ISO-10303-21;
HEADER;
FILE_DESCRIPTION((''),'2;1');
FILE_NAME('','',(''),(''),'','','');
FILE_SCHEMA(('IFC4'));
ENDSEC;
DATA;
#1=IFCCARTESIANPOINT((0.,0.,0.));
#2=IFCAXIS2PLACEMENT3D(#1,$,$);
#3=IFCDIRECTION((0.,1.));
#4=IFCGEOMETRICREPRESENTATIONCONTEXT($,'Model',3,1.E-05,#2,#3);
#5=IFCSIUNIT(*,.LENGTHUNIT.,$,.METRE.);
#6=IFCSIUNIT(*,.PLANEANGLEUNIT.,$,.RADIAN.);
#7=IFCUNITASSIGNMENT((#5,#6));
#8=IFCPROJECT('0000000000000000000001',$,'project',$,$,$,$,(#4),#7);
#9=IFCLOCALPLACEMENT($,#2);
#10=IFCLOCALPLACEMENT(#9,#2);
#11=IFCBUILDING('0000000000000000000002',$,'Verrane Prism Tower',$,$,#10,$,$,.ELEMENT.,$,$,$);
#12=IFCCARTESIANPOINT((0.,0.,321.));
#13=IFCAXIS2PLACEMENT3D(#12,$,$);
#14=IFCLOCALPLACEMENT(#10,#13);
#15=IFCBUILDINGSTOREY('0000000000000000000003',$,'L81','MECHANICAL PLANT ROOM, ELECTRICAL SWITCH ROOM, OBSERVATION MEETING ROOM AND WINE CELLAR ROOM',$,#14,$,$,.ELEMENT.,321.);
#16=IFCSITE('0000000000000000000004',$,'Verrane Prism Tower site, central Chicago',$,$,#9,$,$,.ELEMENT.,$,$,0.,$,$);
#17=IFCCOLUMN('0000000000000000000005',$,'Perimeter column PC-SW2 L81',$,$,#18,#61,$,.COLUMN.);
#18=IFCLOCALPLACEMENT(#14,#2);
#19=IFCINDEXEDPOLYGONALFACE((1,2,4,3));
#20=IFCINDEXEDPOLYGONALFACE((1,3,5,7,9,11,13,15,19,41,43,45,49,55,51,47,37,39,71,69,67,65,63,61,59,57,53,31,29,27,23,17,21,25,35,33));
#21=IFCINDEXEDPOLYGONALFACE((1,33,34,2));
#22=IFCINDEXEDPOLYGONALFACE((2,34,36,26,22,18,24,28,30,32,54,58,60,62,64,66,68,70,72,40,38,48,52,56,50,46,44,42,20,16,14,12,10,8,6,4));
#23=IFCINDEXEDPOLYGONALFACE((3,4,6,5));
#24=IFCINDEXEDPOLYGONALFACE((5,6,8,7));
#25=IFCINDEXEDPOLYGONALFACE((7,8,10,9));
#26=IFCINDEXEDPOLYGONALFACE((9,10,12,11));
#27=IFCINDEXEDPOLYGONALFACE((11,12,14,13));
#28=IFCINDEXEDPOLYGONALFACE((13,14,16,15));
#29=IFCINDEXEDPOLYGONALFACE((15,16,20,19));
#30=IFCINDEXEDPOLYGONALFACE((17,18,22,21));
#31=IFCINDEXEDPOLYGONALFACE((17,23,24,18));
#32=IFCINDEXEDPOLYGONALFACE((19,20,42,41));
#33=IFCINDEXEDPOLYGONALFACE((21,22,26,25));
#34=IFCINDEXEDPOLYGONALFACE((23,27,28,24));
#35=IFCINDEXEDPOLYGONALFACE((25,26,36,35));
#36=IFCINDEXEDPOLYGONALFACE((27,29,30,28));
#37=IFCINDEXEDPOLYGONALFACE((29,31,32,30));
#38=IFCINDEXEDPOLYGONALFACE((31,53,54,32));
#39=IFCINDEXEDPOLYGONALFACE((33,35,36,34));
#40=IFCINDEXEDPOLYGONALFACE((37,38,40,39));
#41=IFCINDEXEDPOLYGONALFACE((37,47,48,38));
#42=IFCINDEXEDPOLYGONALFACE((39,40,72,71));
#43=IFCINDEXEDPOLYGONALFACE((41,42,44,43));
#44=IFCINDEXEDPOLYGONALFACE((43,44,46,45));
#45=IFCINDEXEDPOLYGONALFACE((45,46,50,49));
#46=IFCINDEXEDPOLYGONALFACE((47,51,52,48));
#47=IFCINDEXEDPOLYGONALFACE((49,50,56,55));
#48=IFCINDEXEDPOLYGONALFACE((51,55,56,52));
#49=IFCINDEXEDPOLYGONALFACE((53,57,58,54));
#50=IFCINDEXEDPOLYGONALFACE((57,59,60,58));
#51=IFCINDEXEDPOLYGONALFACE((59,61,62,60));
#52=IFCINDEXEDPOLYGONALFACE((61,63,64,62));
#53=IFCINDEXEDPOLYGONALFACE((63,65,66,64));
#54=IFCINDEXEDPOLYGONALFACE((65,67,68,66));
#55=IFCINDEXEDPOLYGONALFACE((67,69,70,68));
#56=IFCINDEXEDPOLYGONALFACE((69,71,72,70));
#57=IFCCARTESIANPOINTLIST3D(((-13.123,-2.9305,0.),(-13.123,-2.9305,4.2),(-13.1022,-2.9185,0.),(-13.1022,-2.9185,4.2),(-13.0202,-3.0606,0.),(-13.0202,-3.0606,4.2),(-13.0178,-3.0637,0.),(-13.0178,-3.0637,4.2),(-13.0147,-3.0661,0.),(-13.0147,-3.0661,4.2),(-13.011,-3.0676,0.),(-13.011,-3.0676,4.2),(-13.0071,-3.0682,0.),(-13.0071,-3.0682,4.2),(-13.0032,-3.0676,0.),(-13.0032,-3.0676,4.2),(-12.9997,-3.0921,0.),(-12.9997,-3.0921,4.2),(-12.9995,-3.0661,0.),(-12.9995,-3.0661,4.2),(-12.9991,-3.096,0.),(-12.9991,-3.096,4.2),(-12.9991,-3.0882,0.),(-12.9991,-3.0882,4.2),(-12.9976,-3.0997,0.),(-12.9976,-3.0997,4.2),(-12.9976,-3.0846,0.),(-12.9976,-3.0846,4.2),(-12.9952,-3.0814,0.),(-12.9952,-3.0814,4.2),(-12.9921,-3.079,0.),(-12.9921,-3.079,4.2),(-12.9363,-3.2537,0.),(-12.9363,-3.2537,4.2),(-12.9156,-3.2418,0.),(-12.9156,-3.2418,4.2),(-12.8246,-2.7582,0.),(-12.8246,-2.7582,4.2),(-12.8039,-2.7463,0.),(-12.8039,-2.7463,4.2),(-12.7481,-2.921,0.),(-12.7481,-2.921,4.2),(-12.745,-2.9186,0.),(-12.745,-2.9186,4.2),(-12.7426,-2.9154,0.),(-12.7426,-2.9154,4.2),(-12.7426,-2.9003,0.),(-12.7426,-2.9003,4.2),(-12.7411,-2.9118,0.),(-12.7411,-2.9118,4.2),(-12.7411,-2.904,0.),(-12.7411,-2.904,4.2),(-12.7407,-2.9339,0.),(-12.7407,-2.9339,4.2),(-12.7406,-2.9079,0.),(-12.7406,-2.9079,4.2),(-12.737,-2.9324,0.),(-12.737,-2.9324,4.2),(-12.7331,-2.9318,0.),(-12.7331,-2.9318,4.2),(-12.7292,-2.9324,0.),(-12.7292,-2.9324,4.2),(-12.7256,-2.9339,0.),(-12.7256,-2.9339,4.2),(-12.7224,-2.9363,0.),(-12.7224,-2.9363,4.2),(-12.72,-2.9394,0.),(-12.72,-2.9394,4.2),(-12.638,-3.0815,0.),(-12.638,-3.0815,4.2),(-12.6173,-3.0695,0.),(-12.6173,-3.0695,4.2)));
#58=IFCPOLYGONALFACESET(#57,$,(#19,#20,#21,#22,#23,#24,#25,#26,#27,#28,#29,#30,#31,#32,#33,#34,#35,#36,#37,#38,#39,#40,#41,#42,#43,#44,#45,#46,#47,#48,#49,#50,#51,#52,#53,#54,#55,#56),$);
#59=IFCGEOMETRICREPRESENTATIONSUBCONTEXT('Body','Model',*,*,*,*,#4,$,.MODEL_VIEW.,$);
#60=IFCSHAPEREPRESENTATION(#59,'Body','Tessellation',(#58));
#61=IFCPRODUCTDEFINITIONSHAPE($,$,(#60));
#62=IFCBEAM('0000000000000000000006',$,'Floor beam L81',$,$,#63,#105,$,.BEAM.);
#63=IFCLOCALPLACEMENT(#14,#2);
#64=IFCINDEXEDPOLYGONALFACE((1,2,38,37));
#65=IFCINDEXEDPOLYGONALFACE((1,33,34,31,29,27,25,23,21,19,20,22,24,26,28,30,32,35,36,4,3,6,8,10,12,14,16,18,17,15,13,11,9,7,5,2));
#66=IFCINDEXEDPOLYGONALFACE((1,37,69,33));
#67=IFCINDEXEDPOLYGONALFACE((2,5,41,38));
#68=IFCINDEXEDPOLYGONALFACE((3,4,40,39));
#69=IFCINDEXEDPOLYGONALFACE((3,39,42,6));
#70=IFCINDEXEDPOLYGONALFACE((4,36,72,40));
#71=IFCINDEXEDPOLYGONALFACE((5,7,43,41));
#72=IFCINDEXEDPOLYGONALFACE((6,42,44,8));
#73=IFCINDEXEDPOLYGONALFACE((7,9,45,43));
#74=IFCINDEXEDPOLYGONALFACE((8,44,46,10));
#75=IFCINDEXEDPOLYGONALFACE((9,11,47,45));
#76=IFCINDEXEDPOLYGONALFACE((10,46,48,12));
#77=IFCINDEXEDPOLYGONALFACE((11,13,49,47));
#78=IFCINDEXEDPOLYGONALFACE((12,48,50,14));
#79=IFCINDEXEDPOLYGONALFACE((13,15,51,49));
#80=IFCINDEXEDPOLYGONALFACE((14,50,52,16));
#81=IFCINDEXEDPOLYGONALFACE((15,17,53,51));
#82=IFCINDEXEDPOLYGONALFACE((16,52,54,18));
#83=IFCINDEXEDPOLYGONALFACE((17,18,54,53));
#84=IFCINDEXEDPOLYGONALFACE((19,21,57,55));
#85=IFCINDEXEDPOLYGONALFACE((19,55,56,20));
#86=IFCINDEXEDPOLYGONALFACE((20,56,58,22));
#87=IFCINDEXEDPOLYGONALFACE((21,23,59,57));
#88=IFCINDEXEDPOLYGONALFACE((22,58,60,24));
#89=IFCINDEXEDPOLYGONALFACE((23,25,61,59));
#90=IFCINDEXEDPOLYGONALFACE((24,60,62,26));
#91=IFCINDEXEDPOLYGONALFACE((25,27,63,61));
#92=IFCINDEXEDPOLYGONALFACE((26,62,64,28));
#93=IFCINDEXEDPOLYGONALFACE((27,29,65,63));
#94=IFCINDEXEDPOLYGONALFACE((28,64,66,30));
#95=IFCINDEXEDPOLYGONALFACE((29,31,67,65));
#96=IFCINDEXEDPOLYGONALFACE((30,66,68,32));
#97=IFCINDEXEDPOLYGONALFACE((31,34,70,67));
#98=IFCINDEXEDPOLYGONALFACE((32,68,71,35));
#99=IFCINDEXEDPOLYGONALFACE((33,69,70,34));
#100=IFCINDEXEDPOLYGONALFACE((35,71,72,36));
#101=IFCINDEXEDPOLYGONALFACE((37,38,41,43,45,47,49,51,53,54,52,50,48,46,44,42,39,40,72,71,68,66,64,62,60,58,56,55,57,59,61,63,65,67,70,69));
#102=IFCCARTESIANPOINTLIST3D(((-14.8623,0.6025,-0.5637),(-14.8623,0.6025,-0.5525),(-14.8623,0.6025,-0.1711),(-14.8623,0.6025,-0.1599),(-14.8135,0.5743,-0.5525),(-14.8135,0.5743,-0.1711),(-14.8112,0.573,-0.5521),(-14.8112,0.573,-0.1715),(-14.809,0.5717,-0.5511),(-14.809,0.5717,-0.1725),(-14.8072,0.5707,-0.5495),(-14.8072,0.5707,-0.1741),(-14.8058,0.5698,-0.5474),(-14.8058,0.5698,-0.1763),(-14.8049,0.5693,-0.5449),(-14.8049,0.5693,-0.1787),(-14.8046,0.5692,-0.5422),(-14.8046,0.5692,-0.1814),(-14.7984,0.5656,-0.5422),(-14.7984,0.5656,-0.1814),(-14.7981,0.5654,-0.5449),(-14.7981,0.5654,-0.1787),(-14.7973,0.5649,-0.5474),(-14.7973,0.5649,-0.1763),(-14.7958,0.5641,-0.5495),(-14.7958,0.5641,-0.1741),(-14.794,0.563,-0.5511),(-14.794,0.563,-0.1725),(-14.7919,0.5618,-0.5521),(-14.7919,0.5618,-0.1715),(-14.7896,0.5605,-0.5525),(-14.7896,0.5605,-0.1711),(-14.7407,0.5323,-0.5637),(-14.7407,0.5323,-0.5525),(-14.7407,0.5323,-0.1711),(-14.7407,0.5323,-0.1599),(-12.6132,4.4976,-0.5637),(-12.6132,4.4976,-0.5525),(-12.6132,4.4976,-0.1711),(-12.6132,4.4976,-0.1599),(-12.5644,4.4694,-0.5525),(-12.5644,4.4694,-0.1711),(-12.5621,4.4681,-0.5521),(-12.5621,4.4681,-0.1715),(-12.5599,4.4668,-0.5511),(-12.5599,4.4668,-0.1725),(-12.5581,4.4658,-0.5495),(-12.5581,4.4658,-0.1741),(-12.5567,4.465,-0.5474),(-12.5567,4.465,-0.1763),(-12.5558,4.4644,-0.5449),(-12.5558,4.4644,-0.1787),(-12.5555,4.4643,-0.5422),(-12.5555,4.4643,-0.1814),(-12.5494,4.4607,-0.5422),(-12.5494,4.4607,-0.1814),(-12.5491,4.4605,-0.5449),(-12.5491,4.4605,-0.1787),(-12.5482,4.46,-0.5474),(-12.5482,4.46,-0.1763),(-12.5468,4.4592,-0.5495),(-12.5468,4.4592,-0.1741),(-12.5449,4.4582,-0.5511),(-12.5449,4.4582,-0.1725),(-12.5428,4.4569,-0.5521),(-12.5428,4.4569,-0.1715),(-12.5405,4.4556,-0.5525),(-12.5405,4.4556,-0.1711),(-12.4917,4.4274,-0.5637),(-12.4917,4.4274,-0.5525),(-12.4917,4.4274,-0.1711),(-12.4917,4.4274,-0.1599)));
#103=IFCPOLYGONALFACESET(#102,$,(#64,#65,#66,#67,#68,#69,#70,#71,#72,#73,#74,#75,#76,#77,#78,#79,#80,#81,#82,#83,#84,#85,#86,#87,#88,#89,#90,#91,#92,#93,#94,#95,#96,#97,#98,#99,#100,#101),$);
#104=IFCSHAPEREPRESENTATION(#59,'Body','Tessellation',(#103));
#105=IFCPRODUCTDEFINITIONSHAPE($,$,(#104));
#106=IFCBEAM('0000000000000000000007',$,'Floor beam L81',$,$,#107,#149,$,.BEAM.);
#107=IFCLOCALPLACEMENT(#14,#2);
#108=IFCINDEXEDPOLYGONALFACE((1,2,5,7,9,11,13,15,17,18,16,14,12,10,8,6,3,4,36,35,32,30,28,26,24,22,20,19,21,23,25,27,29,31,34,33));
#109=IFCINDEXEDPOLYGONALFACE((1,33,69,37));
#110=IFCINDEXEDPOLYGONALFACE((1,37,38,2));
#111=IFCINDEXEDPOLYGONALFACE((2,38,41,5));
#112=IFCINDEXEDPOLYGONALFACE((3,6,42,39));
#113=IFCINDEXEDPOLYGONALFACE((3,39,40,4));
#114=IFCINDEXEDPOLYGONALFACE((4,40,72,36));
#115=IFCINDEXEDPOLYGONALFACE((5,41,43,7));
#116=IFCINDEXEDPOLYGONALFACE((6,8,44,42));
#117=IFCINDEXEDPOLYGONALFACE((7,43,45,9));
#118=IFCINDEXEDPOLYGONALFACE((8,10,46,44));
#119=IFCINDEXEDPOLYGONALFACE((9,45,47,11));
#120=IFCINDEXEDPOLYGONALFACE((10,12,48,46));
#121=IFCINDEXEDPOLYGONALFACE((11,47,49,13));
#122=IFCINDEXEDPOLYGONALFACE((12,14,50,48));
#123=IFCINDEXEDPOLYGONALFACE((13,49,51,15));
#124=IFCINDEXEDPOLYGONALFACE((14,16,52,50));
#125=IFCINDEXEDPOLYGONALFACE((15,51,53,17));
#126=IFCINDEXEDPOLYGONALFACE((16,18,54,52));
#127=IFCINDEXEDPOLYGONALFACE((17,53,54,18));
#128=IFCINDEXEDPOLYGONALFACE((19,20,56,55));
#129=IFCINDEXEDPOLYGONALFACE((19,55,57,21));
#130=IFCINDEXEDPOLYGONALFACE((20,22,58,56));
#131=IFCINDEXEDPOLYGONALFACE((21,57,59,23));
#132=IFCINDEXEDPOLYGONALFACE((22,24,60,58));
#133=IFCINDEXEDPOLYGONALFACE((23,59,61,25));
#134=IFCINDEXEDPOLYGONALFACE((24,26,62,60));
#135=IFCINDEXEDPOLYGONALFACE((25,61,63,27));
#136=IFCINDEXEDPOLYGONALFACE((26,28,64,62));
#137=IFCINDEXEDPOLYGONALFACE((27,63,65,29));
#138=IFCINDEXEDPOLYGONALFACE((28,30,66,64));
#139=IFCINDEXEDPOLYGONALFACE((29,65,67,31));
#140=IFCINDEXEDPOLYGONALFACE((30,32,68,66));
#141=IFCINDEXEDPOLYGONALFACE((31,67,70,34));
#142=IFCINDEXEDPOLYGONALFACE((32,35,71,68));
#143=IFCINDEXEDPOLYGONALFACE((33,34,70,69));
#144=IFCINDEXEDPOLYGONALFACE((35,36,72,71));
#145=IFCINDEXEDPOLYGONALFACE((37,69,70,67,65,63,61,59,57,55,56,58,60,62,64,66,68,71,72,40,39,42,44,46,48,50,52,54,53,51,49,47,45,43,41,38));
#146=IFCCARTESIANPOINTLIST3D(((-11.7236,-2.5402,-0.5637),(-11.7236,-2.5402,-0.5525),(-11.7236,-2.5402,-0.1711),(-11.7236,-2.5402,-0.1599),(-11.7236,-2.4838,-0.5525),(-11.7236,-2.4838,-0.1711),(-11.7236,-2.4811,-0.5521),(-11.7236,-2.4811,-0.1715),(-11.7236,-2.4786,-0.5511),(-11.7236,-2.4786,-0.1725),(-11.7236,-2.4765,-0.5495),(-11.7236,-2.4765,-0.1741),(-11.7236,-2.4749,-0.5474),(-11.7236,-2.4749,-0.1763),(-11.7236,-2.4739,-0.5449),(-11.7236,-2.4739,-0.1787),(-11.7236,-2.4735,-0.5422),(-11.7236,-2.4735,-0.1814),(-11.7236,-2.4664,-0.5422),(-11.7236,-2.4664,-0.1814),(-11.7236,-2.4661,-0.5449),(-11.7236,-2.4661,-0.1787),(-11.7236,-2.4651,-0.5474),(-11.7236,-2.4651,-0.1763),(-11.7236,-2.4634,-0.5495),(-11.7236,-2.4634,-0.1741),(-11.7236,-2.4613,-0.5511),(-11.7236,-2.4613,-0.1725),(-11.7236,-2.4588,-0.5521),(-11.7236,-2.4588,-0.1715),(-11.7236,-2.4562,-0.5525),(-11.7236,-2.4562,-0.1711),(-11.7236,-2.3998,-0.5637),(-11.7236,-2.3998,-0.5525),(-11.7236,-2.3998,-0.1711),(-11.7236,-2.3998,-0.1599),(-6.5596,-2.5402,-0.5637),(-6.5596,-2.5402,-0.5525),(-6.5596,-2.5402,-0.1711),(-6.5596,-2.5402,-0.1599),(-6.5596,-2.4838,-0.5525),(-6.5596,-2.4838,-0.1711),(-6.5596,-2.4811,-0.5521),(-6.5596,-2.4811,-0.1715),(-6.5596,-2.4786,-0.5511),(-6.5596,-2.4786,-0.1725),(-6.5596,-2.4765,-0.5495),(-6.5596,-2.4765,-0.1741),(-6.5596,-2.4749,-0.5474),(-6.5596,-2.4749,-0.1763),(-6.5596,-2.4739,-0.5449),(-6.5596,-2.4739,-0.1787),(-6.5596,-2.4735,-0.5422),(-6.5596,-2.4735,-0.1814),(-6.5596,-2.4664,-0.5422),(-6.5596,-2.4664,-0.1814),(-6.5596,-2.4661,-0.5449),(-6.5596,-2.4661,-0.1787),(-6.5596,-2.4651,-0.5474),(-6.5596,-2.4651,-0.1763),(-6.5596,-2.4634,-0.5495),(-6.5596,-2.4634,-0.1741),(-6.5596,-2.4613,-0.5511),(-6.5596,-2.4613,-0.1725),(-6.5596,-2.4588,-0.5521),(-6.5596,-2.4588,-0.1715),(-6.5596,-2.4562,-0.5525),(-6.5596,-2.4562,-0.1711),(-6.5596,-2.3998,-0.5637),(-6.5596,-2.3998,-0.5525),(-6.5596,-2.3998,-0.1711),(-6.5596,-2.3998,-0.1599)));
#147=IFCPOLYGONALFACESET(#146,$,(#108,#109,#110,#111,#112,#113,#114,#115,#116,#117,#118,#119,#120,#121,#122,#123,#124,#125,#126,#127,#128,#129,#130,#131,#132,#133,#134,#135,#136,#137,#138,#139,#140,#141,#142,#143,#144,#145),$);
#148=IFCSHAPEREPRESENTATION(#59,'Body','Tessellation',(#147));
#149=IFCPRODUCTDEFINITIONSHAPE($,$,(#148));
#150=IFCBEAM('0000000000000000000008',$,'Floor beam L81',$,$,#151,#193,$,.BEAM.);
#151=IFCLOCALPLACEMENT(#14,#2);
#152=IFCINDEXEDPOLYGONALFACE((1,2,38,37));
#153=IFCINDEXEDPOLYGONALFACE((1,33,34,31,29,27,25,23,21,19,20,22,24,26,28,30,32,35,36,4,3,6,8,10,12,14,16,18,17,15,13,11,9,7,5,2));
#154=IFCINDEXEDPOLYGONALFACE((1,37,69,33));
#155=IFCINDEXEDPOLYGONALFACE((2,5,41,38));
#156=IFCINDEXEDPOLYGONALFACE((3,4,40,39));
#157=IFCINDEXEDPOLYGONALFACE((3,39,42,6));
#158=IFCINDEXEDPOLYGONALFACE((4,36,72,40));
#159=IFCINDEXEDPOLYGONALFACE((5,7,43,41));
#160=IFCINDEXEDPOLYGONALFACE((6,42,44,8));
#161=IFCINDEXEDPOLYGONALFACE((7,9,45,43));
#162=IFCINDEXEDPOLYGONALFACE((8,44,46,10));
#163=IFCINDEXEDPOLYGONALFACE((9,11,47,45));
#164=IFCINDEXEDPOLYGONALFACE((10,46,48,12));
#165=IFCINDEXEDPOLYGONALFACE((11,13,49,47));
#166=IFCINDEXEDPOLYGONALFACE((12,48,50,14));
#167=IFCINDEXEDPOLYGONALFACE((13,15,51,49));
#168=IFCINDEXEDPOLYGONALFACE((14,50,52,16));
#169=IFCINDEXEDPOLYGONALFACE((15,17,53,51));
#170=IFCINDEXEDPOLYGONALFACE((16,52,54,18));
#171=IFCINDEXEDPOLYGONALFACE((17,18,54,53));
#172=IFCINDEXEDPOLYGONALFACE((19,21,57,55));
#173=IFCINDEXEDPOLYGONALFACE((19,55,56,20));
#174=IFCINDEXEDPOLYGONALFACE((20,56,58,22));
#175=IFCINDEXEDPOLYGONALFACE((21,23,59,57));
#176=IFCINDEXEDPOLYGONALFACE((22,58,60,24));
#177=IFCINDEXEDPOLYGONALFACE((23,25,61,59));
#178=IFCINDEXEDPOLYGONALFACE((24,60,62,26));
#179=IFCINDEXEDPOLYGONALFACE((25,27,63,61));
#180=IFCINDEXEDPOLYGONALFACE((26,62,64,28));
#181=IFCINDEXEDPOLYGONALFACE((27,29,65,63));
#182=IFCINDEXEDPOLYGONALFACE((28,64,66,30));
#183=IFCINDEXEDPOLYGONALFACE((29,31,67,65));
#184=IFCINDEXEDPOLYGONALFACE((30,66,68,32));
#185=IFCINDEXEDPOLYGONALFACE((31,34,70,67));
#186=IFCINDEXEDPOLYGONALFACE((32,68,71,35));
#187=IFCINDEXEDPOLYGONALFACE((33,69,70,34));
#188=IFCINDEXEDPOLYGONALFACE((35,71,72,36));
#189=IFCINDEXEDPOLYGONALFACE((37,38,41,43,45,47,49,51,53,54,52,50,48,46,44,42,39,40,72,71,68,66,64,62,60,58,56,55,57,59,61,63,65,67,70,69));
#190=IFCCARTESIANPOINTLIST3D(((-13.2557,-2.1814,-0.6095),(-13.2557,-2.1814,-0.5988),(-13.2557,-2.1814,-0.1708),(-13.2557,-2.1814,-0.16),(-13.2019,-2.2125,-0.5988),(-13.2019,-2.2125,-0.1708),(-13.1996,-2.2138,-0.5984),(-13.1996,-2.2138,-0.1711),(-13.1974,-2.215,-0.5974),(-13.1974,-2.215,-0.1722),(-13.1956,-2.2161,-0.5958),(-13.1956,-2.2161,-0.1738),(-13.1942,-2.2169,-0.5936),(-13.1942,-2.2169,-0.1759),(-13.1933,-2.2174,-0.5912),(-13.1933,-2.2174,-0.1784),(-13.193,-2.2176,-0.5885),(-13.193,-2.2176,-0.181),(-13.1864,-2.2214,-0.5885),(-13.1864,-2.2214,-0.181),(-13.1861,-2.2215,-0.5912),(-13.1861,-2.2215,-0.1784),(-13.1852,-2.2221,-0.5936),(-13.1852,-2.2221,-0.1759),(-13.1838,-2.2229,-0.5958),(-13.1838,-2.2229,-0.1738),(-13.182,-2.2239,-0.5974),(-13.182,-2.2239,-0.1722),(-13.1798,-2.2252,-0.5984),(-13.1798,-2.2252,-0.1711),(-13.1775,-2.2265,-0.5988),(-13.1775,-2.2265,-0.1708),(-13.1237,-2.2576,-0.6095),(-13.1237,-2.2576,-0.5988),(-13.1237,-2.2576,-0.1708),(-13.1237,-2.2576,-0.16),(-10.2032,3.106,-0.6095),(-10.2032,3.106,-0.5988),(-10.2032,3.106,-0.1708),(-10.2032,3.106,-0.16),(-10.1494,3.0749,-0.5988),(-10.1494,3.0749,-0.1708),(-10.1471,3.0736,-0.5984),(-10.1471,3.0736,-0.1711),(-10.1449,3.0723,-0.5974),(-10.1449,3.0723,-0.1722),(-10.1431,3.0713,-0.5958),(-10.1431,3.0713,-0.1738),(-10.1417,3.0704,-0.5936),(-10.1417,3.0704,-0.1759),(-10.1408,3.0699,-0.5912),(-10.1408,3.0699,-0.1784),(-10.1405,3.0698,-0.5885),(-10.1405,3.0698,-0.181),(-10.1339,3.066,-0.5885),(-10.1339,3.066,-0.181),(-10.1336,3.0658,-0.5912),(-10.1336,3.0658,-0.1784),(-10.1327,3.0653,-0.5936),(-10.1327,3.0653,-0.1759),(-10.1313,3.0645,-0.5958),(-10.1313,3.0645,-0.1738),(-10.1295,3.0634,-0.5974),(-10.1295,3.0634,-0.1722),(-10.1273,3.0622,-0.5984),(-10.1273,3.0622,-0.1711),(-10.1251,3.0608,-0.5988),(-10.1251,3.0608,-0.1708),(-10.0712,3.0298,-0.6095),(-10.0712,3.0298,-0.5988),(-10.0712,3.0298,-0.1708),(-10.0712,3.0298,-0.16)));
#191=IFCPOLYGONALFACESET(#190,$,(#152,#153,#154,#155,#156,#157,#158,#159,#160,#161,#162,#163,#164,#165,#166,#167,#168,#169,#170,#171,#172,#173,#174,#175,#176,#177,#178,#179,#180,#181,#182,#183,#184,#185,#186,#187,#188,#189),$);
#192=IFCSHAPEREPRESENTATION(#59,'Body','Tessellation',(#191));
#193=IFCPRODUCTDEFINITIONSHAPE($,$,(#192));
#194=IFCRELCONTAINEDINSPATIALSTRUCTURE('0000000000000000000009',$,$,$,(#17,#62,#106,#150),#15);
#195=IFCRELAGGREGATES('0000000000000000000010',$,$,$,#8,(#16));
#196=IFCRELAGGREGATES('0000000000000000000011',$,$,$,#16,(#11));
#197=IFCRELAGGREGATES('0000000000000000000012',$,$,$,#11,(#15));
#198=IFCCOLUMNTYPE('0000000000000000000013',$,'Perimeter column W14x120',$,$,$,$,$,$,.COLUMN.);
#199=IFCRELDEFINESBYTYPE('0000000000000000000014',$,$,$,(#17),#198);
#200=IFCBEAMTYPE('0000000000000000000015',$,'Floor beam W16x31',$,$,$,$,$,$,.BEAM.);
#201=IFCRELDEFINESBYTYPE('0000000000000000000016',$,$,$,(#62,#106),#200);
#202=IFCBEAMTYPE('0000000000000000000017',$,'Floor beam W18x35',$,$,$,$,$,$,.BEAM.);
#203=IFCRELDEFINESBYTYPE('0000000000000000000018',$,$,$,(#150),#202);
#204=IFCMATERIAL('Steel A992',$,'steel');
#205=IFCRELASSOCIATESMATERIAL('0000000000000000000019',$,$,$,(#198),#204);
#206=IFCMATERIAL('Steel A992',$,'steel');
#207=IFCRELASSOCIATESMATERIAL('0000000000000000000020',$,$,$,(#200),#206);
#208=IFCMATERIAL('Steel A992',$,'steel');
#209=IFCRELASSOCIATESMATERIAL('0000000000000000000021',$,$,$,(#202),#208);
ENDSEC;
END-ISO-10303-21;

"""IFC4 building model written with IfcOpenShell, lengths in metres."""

from ifc_helpers import new_model, si_unit, direction, frame, origin, origin_2d, place, context, subcontext, project, spatial, i_section, extrude, material, material_profile, profile_set, type_object, element, save


model = new_model("IFC4")

# Units and contexts
model_context = context("Model", 3, precision=1e-05, world=origin(), true_north=direction((0.0, 1.0)))
body_context = subcontext(model_context, "Body", "Model", "MODEL_VIEW")
ifc_project = project(units=[si_unit("LENGTHUNIT", "METRE"), si_unit("PLANEANGLEUNIT", "RADIAN")], contexts=[model_context])

# Site, building, storey
site_placement = place(None, origin())
site = spatial("IfcSite", under=ifc_project, at=site_placement, Name="Verrane Prism Tower site, central Chicago", CompositionType="ELEMENT", RefElevation=0.0)
building_placement = place(site_placement, origin())
building = spatial("IfcBuilding", under=site, at=building_placement, Name="Verrane Prism Tower", CompositionType="ELEMENT")
storey_placement = place(building_placement, frame((0.0, 0.0, 321.0)))
storey = spatial("IfcBuildingStorey", under=building, at=storey_placement, Name="L81", Description="MECHANICAL PLANT ROOM, ELECTRICAL SWITCH ROOM, OBSERVATION MEETING ROOM AND WINE CELLAR ROOM", CompositionType="ELEMENT", Elevation=321.0)

# Column
ifc_material_1 = material(Name="Steel A992", Category="steel")
ifc_material_profile_1 = material_profile(ifc_material_1, i_section(OverallWidth=0.3733, OverallDepth=0.3684, WebThickness=0.0149, FlangeThickness=0.0239, FilletRadius=0.0151, at=origin_2d()), Name="W14x120")
ifc_profile_set_1 = profile_set([ifc_material_profile_1], Name="Steel A992")
column_type = type_object("IfcColumnType", Name="Perimeter column W14x120", PredefinedType="COLUMN", material=ifc_profile_set_1)
column_placement = place(storey_placement, frame((-12.8701, -3.0, 0.0), z_axis=(0.0, 0.0, 1.0), x_axis=(-0.5, 0.866025, 0.0)))
element("IfcColumn", 1, at=column_placement, inside=storey, type_object=column_type, Name="Perimeter column PC-SW2 L81", PredefinedType="COLUMN", context=body_context, shape_type="SweptSolid", body=[
    extrude(i_section(OverallWidth=0.3733, OverallDepth=0.3684, WebThickness=0.0149, FlangeThickness=0.0239, FilletRadius=0.0151, at=origin_2d()), origin(), (0.0, 0.0, 1.0), 4.2),
])

# Beams
ifc_material_2 = material(Name="Steel A992", Category="steel")
ifc_material_profile_2 = material_profile(ifc_material_2, i_section(OverallWidth=0.1404, OverallDepth=0.4038, WebThickness=0.0071, FlangeThickness=0.0112, FilletRadius=0.0103, at=origin_2d()), Name="W16x31")
ifc_profile_set_2 = profile_set([ifc_material_profile_2], Name="Steel A992")
beam_type_1 = type_object("IfcBeamType", Name="Floor beam W16x31", PredefinedType="BEAM", material=ifc_profile_set_2)
beam_1_placement = place(storey_placement, frame((-14.8015, 0.5674, -0.3618), z_axis=(0.500039, 0.866003, 0.0), x_axis=(-0.866003, 0.500039, 0.0)))
element("IfcBeam", 2, at=beam_1_placement, inside=storey, type_object=beam_type_1, Name="Floor beam L81", PredefinedType="BEAM", context=body_context, shape_type="SweptSolid", body=[
    extrude(i_section(OverallWidth=0.1404, OverallDepth=0.4038, WebThickness=0.0071, FlangeThickness=0.0112, FilletRadius=0.0103, at=origin_2d()), origin(), (0.0, 0.0, 1.0), 4.4978),
])
beam_2_placement = place(storey_placement, frame((-11.7236, -2.47, -0.3618), z_axis=(1.0, 0.0, 0.0), x_axis=(0.0, 1.0, 0.0)))
element("IfcBeam", 3, at=beam_2_placement, inside=storey, type_object=beam_type_1, Name="Floor beam L81", PredefinedType="BEAM", context=body_context, shape_type="SweptSolid", body=[
    extrude(i_section(OverallWidth=0.1404, OverallDepth=0.4038, WebThickness=0.0071, FlangeThickness=0.0112, FilletRadius=0.0103, at=origin_2d()), origin(), (0.0, 0.0, 1.0), 5.1641),
])
ifc_material_3 = material(Name="Steel A992", Category="steel")
ifc_material_profile_3 = material_profile(ifc_material_3, i_section(OverallWidth=0.1523, OverallDepth=0.4495, WebThickness=0.0076, FlangeThickness=0.0107, FilletRadius=0.0103, at=origin_2d()), Name="W18x35")
ifc_profile_set_3 = profile_set([ifc_material_profile_3], Name="Steel A992")
beam_type_2 = type_object("IfcBeamType", Name="Floor beam W18x35", PredefinedType="BEAM", material=ifc_profile_set_3)
beam_3_placement = place(storey_placement, frame((-13.1897, -2.2195, -0.3848), z_axis=(0.49998, 0.866037, 0.0), x_axis=(-0.866037, 0.49998, 0.0)))
element("IfcBeam", 4, at=beam_3_placement, inside=storey, type_object=beam_type_2, Name="Floor beam L81", PredefinedType="BEAM", context=body_context, shape_type="SweptSolid", body=[
    extrude(i_section(OverallWidth=0.1523, OverallDepth=0.4495, WebThickness=0.0076, FlangeThickness=0.0107, FilletRadius=0.0103, at=origin_2d()), origin(), (0.0, 0.0, 1.0), 6.1052),
])

save(model, "model.ifc")
